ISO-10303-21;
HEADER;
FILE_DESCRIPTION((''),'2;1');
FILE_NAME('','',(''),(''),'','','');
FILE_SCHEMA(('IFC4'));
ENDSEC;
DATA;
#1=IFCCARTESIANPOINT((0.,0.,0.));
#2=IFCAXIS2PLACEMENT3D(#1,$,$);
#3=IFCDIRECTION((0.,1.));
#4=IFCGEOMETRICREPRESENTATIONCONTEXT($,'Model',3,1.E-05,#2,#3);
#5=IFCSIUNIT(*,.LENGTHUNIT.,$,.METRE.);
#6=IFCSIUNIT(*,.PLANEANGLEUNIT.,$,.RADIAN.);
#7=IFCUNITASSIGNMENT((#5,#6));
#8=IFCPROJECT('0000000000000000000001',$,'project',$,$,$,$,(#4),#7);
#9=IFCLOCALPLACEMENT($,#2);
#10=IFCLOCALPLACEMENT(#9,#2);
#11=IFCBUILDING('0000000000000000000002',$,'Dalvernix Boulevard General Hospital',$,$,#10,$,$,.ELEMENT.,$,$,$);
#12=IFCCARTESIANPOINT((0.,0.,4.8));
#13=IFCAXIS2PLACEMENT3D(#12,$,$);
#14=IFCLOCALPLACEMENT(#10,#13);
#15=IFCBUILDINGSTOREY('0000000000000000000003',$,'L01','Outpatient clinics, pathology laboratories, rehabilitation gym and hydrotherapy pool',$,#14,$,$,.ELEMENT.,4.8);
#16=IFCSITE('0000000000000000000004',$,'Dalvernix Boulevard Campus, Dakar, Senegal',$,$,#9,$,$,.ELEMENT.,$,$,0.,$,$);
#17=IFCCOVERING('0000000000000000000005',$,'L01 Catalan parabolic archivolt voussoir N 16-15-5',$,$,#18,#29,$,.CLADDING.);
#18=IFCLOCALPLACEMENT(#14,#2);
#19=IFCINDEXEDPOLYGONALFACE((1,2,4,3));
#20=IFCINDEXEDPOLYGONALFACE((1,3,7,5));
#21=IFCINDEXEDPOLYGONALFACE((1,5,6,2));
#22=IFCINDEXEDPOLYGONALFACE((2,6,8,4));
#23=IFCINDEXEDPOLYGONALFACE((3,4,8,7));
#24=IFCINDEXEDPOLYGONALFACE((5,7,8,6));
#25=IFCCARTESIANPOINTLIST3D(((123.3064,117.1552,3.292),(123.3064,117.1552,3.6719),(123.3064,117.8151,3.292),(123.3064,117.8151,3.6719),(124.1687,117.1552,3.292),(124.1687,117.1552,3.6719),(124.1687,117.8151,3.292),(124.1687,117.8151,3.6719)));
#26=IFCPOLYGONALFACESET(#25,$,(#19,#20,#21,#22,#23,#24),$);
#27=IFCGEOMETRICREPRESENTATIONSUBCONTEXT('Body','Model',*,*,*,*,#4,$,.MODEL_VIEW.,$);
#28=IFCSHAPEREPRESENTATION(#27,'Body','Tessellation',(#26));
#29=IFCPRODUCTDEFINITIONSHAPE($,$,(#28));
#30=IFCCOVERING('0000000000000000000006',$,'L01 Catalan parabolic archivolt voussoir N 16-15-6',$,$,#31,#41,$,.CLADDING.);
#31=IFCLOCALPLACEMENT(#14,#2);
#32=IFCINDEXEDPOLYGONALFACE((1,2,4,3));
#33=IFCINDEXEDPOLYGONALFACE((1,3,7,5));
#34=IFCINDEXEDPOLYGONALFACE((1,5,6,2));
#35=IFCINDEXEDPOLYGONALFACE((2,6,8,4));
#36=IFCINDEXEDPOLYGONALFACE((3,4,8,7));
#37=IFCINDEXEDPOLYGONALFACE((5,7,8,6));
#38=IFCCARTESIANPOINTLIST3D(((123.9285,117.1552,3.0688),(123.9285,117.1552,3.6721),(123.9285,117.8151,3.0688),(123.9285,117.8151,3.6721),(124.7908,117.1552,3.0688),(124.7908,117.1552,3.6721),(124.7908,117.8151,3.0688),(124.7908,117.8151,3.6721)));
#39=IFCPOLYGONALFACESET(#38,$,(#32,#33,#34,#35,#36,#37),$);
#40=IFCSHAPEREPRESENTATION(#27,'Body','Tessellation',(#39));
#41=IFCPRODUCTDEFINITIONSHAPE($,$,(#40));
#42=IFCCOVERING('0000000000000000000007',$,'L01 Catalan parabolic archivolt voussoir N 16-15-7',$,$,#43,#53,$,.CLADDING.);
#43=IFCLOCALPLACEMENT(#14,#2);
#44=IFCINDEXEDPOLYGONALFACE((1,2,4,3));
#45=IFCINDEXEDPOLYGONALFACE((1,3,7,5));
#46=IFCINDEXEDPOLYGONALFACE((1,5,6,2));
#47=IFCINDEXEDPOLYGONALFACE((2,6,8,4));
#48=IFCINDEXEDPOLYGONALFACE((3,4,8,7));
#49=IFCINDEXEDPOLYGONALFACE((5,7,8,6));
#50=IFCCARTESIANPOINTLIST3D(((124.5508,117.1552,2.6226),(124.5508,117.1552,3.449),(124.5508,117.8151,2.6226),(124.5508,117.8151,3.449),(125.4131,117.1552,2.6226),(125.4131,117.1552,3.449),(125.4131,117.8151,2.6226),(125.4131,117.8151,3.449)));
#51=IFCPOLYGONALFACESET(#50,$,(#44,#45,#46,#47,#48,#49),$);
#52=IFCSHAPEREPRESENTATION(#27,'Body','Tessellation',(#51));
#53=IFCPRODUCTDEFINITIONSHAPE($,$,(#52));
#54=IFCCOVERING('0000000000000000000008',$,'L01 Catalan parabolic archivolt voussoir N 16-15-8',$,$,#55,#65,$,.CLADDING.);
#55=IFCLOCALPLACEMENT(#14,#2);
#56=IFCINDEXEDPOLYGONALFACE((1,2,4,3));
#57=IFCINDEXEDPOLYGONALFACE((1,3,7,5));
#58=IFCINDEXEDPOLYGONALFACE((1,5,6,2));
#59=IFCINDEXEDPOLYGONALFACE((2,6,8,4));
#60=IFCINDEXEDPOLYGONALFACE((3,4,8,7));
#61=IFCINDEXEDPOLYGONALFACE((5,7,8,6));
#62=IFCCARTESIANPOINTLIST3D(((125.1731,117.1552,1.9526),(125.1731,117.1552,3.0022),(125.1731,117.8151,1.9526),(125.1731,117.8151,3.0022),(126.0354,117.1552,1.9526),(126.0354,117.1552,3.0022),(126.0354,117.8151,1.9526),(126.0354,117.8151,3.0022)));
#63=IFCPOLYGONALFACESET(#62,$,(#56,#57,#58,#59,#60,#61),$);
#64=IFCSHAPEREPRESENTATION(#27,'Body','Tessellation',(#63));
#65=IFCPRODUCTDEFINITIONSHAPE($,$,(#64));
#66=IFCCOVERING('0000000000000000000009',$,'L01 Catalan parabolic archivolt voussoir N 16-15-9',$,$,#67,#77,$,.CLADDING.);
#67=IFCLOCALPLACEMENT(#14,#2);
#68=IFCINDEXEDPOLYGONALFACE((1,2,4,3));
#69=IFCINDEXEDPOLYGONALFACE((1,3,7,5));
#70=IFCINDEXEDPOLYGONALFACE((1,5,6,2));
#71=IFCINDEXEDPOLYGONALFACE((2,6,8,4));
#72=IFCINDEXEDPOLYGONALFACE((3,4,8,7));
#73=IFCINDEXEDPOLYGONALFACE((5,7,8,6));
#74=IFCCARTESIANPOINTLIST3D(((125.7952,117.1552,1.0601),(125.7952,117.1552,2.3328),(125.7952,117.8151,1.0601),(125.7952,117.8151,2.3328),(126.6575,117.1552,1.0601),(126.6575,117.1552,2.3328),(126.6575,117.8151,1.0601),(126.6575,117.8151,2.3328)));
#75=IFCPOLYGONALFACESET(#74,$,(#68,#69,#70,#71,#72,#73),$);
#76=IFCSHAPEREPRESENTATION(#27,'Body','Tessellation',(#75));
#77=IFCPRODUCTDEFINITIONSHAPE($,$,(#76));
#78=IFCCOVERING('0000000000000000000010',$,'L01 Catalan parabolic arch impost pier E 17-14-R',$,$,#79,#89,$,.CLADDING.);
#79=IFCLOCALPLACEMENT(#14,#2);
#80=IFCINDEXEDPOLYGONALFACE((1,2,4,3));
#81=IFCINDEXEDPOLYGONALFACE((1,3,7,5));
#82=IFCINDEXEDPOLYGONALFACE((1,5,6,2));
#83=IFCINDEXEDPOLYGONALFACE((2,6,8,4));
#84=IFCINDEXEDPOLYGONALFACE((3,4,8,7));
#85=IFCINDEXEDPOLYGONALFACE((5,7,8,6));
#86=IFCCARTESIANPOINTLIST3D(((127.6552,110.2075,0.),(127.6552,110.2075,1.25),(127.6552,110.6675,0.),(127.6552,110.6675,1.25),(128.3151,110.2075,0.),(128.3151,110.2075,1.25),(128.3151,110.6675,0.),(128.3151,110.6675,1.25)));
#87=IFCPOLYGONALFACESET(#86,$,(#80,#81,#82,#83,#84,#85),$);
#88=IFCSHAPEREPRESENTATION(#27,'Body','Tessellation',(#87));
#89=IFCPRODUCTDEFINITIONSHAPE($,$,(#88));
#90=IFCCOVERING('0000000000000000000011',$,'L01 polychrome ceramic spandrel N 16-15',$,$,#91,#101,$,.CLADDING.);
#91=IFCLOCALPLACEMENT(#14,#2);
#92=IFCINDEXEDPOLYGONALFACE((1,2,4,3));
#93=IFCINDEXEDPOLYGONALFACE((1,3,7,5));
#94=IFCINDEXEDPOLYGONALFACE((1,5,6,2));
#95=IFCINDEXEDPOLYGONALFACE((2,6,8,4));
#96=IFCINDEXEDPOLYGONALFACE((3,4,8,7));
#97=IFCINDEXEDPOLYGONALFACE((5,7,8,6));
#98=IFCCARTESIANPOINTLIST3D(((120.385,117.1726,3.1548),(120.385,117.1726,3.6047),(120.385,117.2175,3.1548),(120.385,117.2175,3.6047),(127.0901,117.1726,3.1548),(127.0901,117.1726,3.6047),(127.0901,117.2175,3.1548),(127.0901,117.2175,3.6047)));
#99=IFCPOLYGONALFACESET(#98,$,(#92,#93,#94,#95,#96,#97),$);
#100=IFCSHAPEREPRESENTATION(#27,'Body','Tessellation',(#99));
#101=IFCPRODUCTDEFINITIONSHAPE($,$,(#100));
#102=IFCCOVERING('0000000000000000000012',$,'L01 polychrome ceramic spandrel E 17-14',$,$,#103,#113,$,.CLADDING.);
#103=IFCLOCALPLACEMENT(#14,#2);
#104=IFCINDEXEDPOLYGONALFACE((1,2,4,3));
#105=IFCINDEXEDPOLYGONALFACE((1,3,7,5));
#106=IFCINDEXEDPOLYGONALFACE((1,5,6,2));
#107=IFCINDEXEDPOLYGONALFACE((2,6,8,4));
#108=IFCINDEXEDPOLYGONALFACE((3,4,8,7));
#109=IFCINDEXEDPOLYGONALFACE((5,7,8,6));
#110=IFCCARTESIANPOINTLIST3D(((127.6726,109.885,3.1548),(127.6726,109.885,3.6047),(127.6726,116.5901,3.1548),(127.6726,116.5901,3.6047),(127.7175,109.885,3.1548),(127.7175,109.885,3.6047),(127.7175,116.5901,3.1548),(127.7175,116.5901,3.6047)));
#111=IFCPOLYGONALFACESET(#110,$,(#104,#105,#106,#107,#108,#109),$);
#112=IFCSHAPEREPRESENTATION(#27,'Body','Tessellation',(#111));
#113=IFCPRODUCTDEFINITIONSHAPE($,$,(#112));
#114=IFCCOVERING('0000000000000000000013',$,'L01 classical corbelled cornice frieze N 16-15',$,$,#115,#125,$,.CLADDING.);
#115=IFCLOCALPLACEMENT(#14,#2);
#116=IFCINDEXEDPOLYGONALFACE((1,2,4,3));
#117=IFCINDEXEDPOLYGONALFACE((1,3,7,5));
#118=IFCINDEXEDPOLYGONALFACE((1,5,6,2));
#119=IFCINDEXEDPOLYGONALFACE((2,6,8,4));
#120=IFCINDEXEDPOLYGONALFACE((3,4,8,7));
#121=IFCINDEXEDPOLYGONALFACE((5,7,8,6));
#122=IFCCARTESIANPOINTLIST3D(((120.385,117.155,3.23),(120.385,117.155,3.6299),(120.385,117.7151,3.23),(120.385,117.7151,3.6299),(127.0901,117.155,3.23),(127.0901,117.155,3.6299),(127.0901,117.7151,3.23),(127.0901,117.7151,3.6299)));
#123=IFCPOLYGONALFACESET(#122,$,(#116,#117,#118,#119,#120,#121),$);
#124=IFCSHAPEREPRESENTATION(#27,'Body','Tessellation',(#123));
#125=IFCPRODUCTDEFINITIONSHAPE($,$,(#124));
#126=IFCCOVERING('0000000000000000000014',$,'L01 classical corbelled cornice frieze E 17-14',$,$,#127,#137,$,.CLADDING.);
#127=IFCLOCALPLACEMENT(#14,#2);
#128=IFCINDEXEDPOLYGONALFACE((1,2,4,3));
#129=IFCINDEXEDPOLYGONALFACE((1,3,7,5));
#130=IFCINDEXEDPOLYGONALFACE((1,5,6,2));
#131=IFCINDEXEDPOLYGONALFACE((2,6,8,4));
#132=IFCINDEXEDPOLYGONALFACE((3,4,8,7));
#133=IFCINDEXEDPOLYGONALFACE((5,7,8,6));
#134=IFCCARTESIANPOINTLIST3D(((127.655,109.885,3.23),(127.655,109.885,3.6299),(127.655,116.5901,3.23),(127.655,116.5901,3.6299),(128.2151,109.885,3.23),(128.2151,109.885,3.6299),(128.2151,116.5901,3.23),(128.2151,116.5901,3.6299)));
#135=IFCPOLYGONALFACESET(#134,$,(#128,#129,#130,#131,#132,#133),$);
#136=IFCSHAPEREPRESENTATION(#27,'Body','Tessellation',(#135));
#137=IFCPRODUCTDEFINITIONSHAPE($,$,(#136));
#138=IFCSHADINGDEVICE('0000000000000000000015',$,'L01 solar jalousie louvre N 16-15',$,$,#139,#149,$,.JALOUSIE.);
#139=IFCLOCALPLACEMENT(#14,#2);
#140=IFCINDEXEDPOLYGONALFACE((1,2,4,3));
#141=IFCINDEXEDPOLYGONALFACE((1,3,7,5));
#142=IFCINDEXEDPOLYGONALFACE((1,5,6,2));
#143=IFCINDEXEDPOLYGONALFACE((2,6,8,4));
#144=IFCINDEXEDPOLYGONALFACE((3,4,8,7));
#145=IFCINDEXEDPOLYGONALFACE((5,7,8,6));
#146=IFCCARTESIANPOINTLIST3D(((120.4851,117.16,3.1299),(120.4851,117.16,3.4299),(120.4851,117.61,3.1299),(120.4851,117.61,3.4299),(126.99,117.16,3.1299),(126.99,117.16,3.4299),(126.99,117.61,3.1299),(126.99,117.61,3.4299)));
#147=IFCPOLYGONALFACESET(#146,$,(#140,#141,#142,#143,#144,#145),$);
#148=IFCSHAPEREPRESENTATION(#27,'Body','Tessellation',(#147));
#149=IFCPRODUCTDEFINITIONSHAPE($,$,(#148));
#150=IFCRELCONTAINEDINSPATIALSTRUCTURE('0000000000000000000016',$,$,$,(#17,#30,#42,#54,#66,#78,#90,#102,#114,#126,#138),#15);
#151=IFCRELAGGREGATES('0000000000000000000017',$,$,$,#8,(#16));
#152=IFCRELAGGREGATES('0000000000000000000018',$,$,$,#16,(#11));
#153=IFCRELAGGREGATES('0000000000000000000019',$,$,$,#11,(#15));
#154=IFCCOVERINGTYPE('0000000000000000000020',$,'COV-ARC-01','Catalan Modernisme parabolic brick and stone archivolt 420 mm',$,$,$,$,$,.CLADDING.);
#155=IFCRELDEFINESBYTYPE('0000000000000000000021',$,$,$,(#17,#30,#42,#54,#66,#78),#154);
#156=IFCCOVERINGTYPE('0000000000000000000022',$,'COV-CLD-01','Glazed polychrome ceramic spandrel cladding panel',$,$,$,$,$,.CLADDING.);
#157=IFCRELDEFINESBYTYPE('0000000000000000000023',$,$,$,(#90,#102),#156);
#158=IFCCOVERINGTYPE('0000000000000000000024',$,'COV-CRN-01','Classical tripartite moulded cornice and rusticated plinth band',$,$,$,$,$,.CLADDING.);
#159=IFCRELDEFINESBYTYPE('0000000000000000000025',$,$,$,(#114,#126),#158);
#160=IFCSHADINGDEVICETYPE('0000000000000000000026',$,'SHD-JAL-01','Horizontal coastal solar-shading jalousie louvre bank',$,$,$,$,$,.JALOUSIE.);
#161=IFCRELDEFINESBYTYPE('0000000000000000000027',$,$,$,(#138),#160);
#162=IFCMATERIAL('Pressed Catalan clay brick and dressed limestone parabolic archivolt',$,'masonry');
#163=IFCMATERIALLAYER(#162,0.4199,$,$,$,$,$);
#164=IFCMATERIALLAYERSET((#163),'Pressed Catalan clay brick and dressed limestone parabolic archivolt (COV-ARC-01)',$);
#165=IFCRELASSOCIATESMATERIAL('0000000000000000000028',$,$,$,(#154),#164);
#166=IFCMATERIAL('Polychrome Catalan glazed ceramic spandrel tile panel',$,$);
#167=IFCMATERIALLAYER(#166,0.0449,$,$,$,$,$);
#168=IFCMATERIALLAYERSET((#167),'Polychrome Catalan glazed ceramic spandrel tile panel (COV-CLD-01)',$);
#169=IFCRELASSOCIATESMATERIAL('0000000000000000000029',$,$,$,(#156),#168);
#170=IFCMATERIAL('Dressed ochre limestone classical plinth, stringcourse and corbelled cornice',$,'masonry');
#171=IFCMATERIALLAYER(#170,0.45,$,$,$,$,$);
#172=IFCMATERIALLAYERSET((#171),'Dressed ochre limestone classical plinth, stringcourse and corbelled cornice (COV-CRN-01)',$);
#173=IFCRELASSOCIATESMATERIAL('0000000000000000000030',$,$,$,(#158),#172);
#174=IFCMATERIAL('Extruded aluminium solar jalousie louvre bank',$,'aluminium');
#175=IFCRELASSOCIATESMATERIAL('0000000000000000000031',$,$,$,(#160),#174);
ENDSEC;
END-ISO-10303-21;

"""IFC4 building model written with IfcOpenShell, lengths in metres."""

from ifc_helpers import new_model, si_unit, direction, frame, origin, origin_2d, place, context, subcontext, project, spatial, rectangle, extrude, material, layer, layer_set, type_object, element, save


model = new_model("IFC4")

# Units and contexts
model_context = context("Model", 3, precision=1e-05, world=origin(), true_north=direction((0.0, 1.0)))
body_context = subcontext(model_context, "Body", "Model", "MODEL_VIEW")
ifc_project = project(units=[si_unit("LENGTHUNIT", "METRE"), si_unit("PLANEANGLEUNIT", "RADIAN")], contexts=[model_context])

# Site, building, storey
site_placement = place(None, origin())
site = spatial("IfcSite", under=ifc_project, at=site_placement, Name="Dalvernix Boulevard Campus, Dakar, Senegal", CompositionType="ELEMENT", RefElevation=0.0)
building_placement = place(site_placement, origin())
building = spatial("IfcBuilding", under=site, at=building_placement, Name="Dalvernix Boulevard General Hospital", CompositionType="ELEMENT")
storey_placement = place(building_placement, frame((0.0, 0.0, 4.8)))
storey = spatial("IfcBuildingStorey", under=building, at=storey_placement, Name="L01", Description="Outpatient clinics, pathology laboratories, rehabilitation gym and hydrotherapy pool", CompositionType="ELEMENT", Elevation=4.8)

# Coverings
ifc_material_1 = material(Name="Pressed Catalan clay brick and dressed limestone parabolic archivolt", Category="masonry")
ifc_layer_1 = layer(ifc_material_1, 0.4199)
ifc_layer_set_1 = layer_set([ifc_layer_1], Name="Pressed Catalan clay brick and dressed limestone parabolic archivolt (COV-ARC-01)")
covering_type_1 = type_object("IfcCoveringType", Name="COV-ARC-01", Description="Catalan Modernisme parabolic brick and stone archivolt 420 mm", PredefinedType="CLADDING", material=ifc_layer_set_1)
covering_1_placement = place(storey_placement, frame((123.7375, 117.4851, 3.292), z_axis=(0.0, 0.0, 1.0), x_axis=(1.0, 0.0, 0.0)))
element("IfcCovering", 1, at=covering_1_placement, inside=storey, type_object=covering_type_1, Name="L01 Catalan parabolic archivolt voussoir N 16-15-5", PredefinedType="CLADDING", context=body_context, shape_type="SweptSolid", body=[
    extrude(rectangle(XDim=0.8623, YDim=0.6599, at=origin_2d()), origin(), (0.0, 0.0, 1.0), 0.3799),
])
covering_2_placement = place(storey_placement, frame((124.3596, 117.4851, 3.0688), z_axis=(0.0, 0.0, 1.0), x_axis=(1.0, 0.0, 0.0)))
element("IfcCovering", 2, at=covering_2_placement, inside=storey, type_object=covering_type_1, Name="L01 Catalan parabolic archivolt voussoir N 16-15-6", PredefinedType="CLADDING", context=body_context, shape_type="SweptSolid", body=[
    extrude(rectangle(XDim=0.8623, YDim=0.6599, at=origin_2d()), origin(), (0.0, 0.0, 1.0), 0.6033),
])
covering_3_placement = place(storey_placement, frame((124.9819, 117.4851, 2.6226), z_axis=(0.0, 0.0, 1.0), x_axis=(1.0, 0.0, 0.0)))
element("IfcCovering", 3, at=covering_3_placement, inside=storey, type_object=covering_type_1, Name="L01 Catalan parabolic archivolt voussoir N 16-15-7", PredefinedType="CLADDING", context=body_context, shape_type="SweptSolid", body=[
    extrude(rectangle(XDim=0.8623, YDim=0.6599, at=origin_2d()), origin(), (0.0, 0.0, 1.0), 0.8264),
])
covering_4_placement = place(storey_placement, frame((125.6042, 117.4851, 1.9526), z_axis=(0.0, 0.0, 1.0), x_axis=(1.0, 0.0, 0.0)))
element("IfcCovering", 4, at=covering_4_placement, inside=storey, type_object=covering_type_1, Name="L01 Catalan parabolic archivolt voussoir N 16-15-8", PredefinedType="CLADDING", context=body_context, shape_type="SweptSolid", body=[
    extrude(rectangle(XDim=0.8623, YDim=0.6599, at=origin_2d()), origin(), (0.0, 0.0, 1.0), 1.0496),
])
covering_5_placement = place(storey_placement, frame((126.2263, 117.4851, 1.0601), z_axis=(0.0, 0.0, 1.0), x_axis=(1.0, 0.0, 0.0)))
element("IfcCovering", 5, at=covering_5_placement, inside=storey, type_object=covering_type_1, Name="L01 Catalan parabolic archivolt voussoir N 16-15-9", PredefinedType="CLADDING", context=body_context, shape_type="SweptSolid", body=[
    extrude(rectangle(XDim=0.8623, YDim=0.6599, at=origin_2d()), origin(), (0.0, 0.0, 1.0), 1.2727),
])
covering_6_placement = place(storey_placement, frame((127.9851, 110.4375, 0.0), z_axis=(0.0, 0.0, 1.0), x_axis=(0.0, -1.0, 0.0)))
element("IfcCovering", 6, at=covering_6_placement, inside=storey, type_object=covering_type_1, Name="L01 Catalan parabolic arch impost pier E 17-14-R", PredefinedType="CLADDING", context=body_context, shape_type="SweptSolid", body=[
    extrude(rectangle(XDim=0.46, YDim=0.6599, at=origin_2d()), origin(), (0.0, 0.0, 1.0), 1.25),
])
ifc_material_2 = material(Name="Polychrome Catalan glazed ceramic spandrel tile panel")
ifc_layer_2 = layer(ifc_material_2, 0.0449)
ifc_layer_set_2 = layer_set([ifc_layer_2], Name="Polychrome Catalan glazed ceramic spandrel tile panel (COV-CLD-01)")
covering_type_2 = type_object("IfcCoveringType", Name="COV-CLD-01", Description="Glazed polychrome ceramic spandrel cladding panel", PredefinedType="CLADDING", material=ifc_layer_set_2)
for number, where, z_axis, x_axis, name in (
    (7, (123.7375, 117.1951, 3.1548), (0.0, 0.0, 1.0), (1.0, 0.0, 0.0), "L01 polychrome ceramic spandrel N 16-15"),
    (8, (127.6951, 113.2375, 3.1548), (0.0, 0.0, 1.0), (0.0, -1.0, 0.0), "L01 polychrome ceramic spandrel E 17-14"),
):
    element("IfcCovering", number, at=place(storey_placement, frame(where, z_axis=z_axis, x_axis=x_axis)), inside=storey, type_object=covering_type_2, Name=name, PredefinedType="CLADDING", context=body_context, shape_type="SweptSolid", body=[
        extrude(rectangle(XDim=6.7051, YDim=0.0449, at=origin_2d()), origin(), (0.0, 0.0, 1.0), 0.45),
    ])
ifc_material_3 = material(Name="Dressed ochre limestone classical plinth, stringcourse and corbelled cornice", Category="masonry")
ifc_layer_3 = layer(ifc_material_3, 0.45)
ifc_layer_set_3 = layer_set([ifc_layer_3], Name="Dressed ochre limestone classical plinth, stringcourse and corbelled cornice (COV-CRN-01)")
covering_type_3 = type_object("IfcCoveringType", Name="COV-CRN-01", Description="Classical tripartite moulded cornice and rusticated plinth band", PredefinedType="CLADDING", material=ifc_layer_set_3)
for number, where, z_axis, x_axis, name in (
    (9, (123.7375, 117.4351, 3.23), (0.0, 0.0, 1.0), (1.0, 0.0, 0.0), "L01 classical corbelled cornice frieze N 16-15"),
    (10, (127.9351, 113.2375, 3.23), (0.0, 0.0, 1.0), (0.0, -1.0, 0.0), "L01 classical corbelled cornice frieze E 17-14"),
):
    element("IfcCovering", number, at=place(storey_placement, frame(where, z_axis=z_axis, x_axis=x_axis)), inside=storey, type_object=covering_type_3, Name=name, PredefinedType="CLADDING", context=body_context, shape_type="SweptSolid", body=[
        extrude(rectangle(XDim=6.7051, YDim=0.5601, at=origin_2d()), origin(), (0.0, 0.0, 1.0), 0.3999),
    ])

# Shading device
ifc_material_4 = material(Name="Extruded aluminium solar jalousie louvre bank", Category="aluminium")
shading_device_type = type_object("IfcShadingDeviceType", Name="SHD-JAL-01", Description="Horizontal coastal solar-shading jalousie louvre bank", PredefinedType="JALOUSIE", material=ifc_material_4)
shading_device_placement = place(storey_placement, frame((123.7375, 117.385, 3.1299), z_axis=(0.0, 0.0, 1.0), x_axis=(1.0, 0.0, 0.0)))
element("IfcShadingDevice", 11, at=shading_device_placement, inside=storey, type_object=shading_device_type, Name="L01 solar jalousie louvre N 16-15", PredefinedType="JALOUSIE", context=body_context, shape_type="SweptSolid", body=[
    extrude(rectangle(XDim=6.5049, YDim=0.45, at=origin_2d()), origin(), (0.0, 0.0, 1.0), 0.3),
])

save(model, "model.ifc")
